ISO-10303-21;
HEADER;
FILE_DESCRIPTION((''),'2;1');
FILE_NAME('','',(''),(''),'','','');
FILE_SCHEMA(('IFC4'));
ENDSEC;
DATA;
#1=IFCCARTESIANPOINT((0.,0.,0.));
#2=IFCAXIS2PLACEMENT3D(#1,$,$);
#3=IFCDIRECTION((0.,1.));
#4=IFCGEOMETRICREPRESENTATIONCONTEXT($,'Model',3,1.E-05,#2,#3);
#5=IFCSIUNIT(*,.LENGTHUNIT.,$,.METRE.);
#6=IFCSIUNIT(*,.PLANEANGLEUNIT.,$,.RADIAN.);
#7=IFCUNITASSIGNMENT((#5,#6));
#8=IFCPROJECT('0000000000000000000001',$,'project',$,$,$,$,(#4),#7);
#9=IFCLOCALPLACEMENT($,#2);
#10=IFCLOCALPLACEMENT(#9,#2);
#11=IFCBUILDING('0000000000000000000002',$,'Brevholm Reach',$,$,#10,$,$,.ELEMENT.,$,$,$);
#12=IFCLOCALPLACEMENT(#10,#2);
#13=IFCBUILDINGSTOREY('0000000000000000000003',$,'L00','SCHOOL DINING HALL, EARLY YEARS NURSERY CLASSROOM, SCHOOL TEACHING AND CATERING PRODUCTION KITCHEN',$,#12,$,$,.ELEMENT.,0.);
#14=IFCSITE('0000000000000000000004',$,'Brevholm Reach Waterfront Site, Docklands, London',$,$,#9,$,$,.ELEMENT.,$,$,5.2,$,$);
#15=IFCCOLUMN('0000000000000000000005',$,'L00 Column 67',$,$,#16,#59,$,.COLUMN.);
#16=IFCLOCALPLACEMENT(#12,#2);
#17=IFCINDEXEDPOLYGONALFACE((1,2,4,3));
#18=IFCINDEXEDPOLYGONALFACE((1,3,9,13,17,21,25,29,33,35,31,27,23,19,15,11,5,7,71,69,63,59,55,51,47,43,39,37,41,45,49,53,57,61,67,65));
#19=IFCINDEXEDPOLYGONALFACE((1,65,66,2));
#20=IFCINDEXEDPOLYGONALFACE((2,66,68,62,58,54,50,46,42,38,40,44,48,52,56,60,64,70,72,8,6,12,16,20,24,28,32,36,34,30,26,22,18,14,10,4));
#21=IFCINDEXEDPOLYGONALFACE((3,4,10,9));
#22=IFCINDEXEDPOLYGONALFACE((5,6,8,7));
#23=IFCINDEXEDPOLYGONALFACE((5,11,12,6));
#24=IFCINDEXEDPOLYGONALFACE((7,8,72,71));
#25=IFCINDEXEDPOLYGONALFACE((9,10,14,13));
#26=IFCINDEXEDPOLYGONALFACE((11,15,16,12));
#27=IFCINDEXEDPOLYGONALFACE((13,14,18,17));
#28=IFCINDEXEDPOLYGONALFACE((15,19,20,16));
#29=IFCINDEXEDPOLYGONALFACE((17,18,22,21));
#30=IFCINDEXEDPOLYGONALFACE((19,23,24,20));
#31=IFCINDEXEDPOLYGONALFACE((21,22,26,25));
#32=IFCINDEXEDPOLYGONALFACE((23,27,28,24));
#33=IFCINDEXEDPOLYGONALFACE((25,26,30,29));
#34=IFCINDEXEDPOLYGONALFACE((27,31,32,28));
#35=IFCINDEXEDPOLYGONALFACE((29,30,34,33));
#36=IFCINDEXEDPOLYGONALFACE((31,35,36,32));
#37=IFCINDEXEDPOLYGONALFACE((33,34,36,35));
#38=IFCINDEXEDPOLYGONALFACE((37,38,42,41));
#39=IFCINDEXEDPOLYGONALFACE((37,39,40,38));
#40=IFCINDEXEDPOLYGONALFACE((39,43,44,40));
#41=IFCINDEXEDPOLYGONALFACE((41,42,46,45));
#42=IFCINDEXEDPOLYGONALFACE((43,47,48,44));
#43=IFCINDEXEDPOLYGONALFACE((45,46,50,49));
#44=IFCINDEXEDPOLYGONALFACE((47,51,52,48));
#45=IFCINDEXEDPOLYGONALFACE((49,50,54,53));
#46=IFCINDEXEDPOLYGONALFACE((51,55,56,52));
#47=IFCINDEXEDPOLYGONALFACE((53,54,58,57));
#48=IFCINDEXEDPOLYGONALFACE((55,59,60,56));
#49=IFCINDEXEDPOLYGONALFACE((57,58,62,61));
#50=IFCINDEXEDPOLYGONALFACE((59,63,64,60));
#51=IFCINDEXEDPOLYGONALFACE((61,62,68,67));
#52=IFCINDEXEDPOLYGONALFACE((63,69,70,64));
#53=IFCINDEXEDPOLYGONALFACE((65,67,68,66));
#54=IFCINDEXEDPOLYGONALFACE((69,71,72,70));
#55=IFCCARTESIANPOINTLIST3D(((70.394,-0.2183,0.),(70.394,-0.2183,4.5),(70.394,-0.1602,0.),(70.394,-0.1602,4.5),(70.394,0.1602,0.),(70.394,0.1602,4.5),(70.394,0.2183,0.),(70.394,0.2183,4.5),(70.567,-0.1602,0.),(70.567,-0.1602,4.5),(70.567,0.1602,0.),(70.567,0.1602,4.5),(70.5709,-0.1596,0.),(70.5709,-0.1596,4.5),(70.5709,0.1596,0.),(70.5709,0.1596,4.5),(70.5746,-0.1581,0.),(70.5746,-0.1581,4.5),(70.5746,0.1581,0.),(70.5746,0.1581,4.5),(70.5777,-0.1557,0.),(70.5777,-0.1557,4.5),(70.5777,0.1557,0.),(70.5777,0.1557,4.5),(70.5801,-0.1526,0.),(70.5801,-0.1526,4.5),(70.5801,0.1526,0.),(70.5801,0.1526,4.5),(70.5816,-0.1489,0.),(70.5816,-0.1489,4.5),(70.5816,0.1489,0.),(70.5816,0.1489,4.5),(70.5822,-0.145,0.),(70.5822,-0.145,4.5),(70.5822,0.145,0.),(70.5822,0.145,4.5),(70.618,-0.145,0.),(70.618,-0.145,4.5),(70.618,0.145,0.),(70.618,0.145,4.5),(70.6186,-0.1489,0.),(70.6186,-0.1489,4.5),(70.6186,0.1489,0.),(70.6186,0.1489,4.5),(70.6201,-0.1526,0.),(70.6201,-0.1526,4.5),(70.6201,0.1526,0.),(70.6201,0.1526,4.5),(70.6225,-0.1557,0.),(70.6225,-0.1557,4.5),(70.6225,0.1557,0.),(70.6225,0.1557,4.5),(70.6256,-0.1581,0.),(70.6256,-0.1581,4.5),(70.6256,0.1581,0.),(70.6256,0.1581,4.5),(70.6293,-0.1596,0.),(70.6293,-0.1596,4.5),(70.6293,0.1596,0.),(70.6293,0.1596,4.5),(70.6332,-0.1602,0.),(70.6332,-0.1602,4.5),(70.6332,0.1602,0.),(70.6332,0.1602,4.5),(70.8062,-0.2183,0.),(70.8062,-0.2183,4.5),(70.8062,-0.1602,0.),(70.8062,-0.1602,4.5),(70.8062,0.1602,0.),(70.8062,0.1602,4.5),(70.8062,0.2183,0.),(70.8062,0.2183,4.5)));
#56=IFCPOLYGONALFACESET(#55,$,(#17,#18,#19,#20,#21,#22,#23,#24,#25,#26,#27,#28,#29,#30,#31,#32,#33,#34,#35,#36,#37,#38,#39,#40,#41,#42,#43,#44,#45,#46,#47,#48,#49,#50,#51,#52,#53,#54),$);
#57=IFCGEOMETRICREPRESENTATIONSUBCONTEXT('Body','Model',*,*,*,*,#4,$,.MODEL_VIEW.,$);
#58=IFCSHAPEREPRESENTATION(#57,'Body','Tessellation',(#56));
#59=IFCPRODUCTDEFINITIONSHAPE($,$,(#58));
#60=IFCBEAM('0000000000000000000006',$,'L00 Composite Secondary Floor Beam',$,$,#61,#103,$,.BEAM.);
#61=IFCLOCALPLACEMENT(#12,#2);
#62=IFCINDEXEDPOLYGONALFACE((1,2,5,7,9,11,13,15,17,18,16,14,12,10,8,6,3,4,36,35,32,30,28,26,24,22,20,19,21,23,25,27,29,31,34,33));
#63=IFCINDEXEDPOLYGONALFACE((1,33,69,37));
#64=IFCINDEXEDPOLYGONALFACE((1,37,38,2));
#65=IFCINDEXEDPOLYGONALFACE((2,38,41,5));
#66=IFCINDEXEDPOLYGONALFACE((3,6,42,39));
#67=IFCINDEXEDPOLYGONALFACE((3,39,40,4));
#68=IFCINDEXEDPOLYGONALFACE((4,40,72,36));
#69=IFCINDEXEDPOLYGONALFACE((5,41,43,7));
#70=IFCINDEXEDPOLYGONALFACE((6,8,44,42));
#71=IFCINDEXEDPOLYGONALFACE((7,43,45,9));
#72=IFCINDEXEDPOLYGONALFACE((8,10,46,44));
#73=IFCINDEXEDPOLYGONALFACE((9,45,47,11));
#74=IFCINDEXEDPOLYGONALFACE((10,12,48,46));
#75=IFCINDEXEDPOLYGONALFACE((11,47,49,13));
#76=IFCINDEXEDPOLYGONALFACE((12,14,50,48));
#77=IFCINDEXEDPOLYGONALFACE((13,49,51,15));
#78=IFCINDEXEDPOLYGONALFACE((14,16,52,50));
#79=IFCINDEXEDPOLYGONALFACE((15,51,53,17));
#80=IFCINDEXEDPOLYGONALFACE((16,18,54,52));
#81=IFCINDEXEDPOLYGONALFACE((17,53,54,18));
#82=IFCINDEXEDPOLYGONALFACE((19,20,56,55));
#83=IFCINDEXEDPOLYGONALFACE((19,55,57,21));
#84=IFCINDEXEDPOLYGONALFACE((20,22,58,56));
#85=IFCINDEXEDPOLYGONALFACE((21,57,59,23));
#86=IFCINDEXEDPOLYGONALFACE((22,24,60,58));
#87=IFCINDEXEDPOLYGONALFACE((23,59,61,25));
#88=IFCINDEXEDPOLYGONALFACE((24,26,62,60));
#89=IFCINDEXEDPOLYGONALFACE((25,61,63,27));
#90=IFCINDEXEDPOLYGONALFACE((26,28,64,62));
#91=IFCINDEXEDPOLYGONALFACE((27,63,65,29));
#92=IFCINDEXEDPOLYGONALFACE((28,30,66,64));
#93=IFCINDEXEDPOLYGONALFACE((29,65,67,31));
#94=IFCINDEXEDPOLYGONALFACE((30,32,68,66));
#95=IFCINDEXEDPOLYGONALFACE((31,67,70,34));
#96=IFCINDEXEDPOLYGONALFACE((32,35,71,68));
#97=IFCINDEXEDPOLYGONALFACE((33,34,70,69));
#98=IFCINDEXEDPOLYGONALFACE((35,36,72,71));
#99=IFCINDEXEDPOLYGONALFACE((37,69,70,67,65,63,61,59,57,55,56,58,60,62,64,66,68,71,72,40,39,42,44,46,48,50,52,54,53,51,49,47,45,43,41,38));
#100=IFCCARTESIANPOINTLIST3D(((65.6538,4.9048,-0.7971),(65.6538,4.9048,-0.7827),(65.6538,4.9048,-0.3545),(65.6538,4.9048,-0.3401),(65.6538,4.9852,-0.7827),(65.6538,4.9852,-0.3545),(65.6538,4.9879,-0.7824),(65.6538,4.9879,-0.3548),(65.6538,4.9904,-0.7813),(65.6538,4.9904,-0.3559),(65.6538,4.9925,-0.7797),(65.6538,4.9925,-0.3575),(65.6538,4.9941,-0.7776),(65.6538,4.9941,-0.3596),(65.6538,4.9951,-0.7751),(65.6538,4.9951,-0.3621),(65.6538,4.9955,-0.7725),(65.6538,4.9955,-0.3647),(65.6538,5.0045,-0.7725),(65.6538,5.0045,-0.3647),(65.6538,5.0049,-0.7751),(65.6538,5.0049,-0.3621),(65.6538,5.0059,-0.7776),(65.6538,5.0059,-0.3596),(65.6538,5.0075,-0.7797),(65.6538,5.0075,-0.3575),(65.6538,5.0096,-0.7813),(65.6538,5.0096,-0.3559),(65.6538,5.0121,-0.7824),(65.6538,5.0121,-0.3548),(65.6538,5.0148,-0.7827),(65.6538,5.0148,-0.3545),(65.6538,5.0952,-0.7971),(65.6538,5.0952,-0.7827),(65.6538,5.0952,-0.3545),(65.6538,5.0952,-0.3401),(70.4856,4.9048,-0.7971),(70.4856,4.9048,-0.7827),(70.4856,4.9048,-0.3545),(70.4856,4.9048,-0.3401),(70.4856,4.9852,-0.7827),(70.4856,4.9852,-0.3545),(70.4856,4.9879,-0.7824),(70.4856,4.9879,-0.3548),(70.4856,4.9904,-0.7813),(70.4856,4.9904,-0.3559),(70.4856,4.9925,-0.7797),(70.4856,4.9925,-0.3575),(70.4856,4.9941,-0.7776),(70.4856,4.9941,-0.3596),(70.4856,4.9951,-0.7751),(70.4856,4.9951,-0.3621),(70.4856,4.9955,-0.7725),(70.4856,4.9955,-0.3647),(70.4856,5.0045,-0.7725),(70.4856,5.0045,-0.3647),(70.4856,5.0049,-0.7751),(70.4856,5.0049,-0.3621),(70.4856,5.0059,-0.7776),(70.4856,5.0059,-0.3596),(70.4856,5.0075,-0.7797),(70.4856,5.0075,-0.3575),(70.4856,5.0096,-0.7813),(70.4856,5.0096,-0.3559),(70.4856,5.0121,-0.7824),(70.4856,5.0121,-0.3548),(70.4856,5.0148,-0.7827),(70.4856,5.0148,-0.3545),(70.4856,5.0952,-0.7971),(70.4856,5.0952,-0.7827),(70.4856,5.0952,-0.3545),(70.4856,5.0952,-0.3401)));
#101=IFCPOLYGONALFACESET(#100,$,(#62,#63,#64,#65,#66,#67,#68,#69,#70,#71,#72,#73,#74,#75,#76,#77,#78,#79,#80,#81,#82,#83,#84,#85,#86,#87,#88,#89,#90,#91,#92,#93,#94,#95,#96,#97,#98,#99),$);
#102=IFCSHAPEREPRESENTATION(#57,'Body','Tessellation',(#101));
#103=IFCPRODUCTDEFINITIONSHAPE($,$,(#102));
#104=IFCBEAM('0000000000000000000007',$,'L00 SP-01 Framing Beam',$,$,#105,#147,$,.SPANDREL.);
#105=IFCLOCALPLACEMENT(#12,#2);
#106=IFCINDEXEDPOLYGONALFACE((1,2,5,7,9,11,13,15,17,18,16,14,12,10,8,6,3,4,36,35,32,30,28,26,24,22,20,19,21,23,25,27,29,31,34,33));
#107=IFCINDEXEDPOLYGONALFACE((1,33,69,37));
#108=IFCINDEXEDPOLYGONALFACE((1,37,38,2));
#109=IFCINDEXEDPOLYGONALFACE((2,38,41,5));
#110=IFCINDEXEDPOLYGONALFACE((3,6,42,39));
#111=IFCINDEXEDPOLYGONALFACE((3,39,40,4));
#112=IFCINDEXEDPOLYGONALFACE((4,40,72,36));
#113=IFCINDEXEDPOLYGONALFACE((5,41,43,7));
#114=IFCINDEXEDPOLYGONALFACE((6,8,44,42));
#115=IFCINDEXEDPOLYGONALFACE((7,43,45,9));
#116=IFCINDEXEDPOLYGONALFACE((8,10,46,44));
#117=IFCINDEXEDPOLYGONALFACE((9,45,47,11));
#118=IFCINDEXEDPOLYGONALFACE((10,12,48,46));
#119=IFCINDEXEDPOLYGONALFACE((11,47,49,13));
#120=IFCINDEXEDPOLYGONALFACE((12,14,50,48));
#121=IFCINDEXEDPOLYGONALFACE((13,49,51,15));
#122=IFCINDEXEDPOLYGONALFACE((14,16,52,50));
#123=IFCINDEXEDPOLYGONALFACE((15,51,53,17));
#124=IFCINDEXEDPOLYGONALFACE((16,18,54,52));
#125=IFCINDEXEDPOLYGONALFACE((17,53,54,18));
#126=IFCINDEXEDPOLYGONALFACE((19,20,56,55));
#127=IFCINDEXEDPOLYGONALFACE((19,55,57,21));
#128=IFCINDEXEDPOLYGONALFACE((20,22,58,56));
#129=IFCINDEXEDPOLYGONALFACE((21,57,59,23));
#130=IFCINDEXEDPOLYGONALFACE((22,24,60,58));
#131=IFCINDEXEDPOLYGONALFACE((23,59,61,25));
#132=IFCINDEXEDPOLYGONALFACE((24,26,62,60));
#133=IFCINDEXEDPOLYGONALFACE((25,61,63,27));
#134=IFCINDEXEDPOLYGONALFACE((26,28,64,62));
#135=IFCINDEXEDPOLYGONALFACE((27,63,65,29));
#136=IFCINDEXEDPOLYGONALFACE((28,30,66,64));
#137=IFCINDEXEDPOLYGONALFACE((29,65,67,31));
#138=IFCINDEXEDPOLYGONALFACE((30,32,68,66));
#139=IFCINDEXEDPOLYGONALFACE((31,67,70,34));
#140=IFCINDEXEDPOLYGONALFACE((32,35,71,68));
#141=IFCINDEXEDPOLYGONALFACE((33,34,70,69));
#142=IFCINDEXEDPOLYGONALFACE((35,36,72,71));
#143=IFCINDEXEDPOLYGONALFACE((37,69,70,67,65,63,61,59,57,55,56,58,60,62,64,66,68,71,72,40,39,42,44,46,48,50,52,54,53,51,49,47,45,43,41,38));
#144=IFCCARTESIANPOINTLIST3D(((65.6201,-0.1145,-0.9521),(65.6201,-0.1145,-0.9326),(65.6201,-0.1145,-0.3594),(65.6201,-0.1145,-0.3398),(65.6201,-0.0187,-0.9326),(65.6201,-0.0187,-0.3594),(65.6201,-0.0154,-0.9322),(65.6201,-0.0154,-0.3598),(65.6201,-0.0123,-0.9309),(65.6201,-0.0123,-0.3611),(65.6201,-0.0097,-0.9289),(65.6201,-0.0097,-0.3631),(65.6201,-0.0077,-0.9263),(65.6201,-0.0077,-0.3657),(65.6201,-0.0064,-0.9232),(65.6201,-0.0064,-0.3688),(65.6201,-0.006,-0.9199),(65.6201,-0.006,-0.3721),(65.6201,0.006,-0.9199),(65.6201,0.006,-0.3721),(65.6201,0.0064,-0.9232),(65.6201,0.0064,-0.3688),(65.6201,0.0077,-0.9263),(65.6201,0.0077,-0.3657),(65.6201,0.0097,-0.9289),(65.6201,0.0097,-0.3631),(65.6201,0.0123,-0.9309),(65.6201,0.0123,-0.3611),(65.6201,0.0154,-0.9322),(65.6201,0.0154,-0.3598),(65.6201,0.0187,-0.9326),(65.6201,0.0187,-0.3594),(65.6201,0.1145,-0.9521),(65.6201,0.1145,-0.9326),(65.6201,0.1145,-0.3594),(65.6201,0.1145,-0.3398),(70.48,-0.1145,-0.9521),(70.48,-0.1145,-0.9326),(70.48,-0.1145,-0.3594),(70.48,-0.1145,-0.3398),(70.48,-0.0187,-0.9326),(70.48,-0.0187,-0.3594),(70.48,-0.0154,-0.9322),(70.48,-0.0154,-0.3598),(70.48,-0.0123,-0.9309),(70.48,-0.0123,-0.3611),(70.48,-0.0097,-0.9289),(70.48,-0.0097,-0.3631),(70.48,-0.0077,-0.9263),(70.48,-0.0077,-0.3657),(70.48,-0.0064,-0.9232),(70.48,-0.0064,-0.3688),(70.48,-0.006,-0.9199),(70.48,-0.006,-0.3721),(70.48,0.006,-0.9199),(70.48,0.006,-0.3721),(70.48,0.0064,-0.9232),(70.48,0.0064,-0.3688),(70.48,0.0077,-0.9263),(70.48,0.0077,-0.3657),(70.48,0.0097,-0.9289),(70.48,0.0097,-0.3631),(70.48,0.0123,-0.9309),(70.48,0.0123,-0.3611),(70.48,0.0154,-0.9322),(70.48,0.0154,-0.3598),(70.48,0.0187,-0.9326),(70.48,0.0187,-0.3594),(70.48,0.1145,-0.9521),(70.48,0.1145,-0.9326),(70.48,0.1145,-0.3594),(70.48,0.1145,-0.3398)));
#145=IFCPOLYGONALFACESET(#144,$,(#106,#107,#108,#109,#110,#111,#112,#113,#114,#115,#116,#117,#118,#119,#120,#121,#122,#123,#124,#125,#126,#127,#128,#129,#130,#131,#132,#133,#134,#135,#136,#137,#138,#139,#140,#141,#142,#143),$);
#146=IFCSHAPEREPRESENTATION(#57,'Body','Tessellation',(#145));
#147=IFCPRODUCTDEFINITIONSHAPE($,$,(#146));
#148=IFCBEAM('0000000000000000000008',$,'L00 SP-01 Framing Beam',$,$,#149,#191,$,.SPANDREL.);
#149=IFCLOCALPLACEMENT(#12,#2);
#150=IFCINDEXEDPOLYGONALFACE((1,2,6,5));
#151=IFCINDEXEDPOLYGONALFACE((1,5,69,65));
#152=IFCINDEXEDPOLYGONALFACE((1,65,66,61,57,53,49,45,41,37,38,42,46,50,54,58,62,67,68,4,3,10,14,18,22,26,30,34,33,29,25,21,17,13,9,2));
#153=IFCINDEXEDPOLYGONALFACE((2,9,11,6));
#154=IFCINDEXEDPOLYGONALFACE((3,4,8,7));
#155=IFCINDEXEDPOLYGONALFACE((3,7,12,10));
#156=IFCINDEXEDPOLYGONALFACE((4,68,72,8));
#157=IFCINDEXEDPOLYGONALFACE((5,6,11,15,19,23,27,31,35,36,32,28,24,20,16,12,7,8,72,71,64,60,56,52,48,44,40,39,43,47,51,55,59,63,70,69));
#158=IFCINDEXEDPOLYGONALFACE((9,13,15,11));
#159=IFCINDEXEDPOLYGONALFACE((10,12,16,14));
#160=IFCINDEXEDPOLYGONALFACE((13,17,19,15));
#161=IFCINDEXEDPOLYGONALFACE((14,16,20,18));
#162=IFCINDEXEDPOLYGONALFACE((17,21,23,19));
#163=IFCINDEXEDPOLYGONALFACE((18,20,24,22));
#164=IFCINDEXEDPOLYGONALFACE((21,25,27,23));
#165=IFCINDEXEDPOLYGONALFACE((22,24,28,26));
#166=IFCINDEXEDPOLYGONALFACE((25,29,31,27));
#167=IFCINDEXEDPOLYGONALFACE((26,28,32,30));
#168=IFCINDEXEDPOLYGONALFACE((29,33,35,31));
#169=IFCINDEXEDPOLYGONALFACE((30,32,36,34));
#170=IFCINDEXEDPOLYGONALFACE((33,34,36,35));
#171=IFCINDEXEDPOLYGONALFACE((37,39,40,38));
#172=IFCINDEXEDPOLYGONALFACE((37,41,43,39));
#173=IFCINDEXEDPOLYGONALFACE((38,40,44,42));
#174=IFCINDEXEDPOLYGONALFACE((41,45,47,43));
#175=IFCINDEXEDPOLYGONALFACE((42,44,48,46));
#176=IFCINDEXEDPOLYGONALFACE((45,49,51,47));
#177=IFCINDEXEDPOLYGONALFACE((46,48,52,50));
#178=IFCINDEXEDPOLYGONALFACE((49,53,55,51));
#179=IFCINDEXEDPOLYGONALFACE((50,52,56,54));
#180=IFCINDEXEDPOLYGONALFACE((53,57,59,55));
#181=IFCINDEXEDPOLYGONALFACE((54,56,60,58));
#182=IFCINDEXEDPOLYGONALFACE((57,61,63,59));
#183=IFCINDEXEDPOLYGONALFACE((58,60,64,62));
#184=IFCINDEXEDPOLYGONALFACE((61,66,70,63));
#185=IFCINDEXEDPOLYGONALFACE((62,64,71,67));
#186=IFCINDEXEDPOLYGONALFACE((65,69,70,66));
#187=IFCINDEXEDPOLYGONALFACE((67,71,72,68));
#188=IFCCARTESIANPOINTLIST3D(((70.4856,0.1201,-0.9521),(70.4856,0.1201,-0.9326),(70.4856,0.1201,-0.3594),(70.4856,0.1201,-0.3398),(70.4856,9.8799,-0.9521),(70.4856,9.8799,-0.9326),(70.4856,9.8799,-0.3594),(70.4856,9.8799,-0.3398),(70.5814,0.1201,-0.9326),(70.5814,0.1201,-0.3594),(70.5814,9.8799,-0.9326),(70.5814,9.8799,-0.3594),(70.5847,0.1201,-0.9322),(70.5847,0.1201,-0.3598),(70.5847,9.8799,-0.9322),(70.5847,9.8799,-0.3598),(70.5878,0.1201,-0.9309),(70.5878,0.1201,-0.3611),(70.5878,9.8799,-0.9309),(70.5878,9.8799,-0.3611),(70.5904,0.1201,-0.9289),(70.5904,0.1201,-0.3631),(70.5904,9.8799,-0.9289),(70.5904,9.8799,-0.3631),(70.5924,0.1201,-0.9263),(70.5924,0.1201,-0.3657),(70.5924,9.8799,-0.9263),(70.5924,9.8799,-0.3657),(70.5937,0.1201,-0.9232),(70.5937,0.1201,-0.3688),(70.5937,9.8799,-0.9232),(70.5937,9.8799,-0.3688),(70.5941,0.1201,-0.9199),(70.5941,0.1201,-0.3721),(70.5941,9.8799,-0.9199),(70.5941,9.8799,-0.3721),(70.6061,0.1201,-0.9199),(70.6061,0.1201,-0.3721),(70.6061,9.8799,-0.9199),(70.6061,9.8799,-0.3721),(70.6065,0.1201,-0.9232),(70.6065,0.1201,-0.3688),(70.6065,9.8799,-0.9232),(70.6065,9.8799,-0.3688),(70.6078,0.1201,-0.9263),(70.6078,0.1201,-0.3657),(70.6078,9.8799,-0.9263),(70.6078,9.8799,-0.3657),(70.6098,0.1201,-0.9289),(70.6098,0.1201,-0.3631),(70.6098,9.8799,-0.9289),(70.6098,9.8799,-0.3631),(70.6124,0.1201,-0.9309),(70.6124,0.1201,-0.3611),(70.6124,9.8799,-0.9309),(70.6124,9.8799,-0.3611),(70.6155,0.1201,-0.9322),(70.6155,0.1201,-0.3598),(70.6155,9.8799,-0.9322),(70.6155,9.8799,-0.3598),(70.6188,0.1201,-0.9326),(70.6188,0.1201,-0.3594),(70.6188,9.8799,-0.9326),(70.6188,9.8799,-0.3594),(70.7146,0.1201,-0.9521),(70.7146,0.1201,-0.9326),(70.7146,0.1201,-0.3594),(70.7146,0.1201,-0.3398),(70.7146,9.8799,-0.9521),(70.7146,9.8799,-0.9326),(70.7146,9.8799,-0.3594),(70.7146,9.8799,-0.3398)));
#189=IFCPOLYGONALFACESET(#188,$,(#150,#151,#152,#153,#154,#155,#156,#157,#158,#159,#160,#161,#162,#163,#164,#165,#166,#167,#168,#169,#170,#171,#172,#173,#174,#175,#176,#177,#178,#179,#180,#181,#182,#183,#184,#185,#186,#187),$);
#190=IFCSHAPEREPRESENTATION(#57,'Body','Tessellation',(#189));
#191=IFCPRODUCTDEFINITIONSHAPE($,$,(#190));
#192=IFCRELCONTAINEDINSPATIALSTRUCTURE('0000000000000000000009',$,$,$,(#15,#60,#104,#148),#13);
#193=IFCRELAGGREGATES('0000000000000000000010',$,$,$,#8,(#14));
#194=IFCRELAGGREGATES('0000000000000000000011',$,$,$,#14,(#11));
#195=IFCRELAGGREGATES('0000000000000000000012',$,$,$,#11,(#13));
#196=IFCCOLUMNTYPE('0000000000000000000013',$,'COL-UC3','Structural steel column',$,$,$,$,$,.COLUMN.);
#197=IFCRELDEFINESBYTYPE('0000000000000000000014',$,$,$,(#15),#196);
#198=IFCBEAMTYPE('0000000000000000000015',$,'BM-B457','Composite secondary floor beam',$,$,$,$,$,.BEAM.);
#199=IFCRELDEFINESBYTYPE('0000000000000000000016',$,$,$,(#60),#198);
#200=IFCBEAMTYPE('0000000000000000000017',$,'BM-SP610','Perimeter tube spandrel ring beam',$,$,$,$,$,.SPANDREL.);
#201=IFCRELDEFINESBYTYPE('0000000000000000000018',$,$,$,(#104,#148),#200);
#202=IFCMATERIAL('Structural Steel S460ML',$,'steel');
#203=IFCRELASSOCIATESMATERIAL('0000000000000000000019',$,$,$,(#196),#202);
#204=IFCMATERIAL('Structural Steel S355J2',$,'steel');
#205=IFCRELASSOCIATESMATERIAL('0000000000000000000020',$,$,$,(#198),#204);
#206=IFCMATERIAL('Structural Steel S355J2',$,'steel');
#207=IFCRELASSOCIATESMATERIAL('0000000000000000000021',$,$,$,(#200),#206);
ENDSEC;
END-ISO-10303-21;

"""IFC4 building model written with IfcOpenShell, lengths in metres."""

from ifc_helpers import new_model, si_unit, direction, frame, origin, origin_2d, place, context, subcontext, project, spatial, i_section, extrude, material, material_profile, profile_set, type_object, element, save


model = new_model("IFC4")

# Units and contexts
model_context = context("Model", 3, precision=1e-05, world=origin(), true_north=direction((0.0, 1.0)))
body_context = subcontext(model_context, "Body", "Model", "MODEL_VIEW")
ifc_project = project(units=[si_unit("LENGTHUNIT", "METRE"), si_unit("PLANEANGLEUNIT", "RADIAN")], contexts=[model_context])

# Site, building, storey
site_placement = place(None, origin())
site = spatial("IfcSite", under=ifc_project, at=site_placement, Name="Brevholm Reach Waterfront Site, Docklands, London", CompositionType="ELEMENT", RefElevation=5.2)
building_placement = place(site_placement, origin())
building = spatial("IfcBuilding", under=site, at=building_placement, Name="Brevholm Reach", CompositionType="ELEMENT")
storey_placement = place(building_placement, origin())
storey = spatial("IfcBuildingStorey", under=building, at=storey_placement, Name="L00", Description="SCHOOL DINING HALL, EARLY YEARS NURSERY CLASSROOM, SCHOOL TEACHING AND CATERING PRODUCTION KITCHEN", CompositionType="ELEMENT", Elevation=0.0)

# Column
ifc_material_1 = material(Name="Structural Steel S460ML", Category="steel")
ifc_material_profile_1 = material_profile(ifc_material_1, i_section(OverallWidth=0.4121, OverallDepth=0.4365, WebThickness=0.0359, FlangeThickness=0.0581, FilletRadius=0.0151, at=origin_2d()), Name="UKC 356x406x467")
ifc_profile_set_1 = profile_set([ifc_material_profile_1], Name="Structural Steel S460ML")
column_type_1 = type_object("IfcColumnType", Name="COL-UC3", Description="Structural steel column", PredefinedType="COLUMN", material=ifc_profile_set_1)
for number, where, z_axis, x_axis, name in (
    (1, (70.6001, 0.0, 0.0), (0.0, 0.0, 1.0), (1.0, 0.0, 0.0), "L00 Column 67"),
):
    element("IfcColumn", number, at=place(storey_placement, frame(where, z_axis=z_axis, x_axis=x_axis)), inside=storey, type_object=column_type_1, Name=name, PredefinedType="COLUMN", context=body_context, shape_type="SweptSolid", body=[
        extrude(i_section(OverallWidth=0.4121, OverallDepth=0.4365, WebThickness=0.0359, FlangeThickness=0.0581, FilletRadius=0.0151, at=origin_2d()), origin(), (0.0, 0.0, 1.0), 4.5),
    ])

# Beams
ifc_material_2 = material(Name="Structural Steel S355J2", Category="steel")
ifc_material_profile_2 = material_profile(ifc_material_2, i_section(OverallWidth=0.1904, OverallDepth=0.457, WebThickness=0.009, FlangeThickness=0.0144, FilletRadius=0.0103, at=origin_2d()), Name="UKB 457x191x74")
ifc_profile_set_2 = profile_set([ifc_material_profile_2], Name="Structural Steel S355J2")
beam_type_1 = type_object("IfcBeamType", Name="BM-B457", Description="Composite secondary floor beam", PredefinedType="BEAM", material=ifc_profile_set_2)
beam_1_placement = place(storey_placement, frame((65.6538, 5.0, -0.5686), z_axis=(1.0, 0.0, 0.0), x_axis=(0.0, 1.0, 0.0)))
element("IfcBeam", 2, at=beam_1_placement, inside=storey, type_object=beam_type_1, Name="L00 Composite Secondary Floor Beam", PredefinedType="BEAM", context=body_context, shape_type="SweptSolid", body=[
    extrude(i_section(OverallWidth=0.1904, OverallDepth=0.457, WebThickness=0.009, FlangeThickness=0.0144, FilletRadius=0.0103, at=origin_2d()), origin(), (0.0, 0.0, 1.0), 4.8318),
])
ifc_material_3 = material(Name="Structural Steel S355J2", Category="steel")
ifc_material_profile_3 = material_profile(ifc_material_3, i_section(OverallWidth=0.229, OverallDepth=0.6123, WebThickness=0.012, FlangeThickness=0.0195, FilletRadius=0.0127, at=origin_2d()), Name="UKB 610x229x125")
ifc_profile_set_3 = profile_set([ifc_material_profile_3], Name="Structural Steel S355J2")
beam_type_2 = type_object("IfcBeamType", Name="BM-SP610", Description="Perimeter tube spandrel ring beam", PredefinedType="SPANDREL", material=ifc_profile_set_3)
beam_2_placement = place(storey_placement, frame((65.6201, 0.0, -0.646), z_axis=(1.0, 0.0, 0.0), x_axis=(0.0, 1.0, 0.0)))
element("IfcBeam", 3, at=beam_2_placement, inside=storey, type_object=beam_type_2, Name="L00 SP-01 Framing Beam", PredefinedType="SPANDREL", context=body_context, shape_type="SweptSolid", body=[
    extrude(i_section(OverallWidth=0.229, OverallDepth=0.6123, WebThickness=0.012, FlangeThickness=0.0195, FilletRadius=0.0127, at=origin_2d()), origin(), (0.0, 0.0, 1.0), 4.8599),
])
beam_3_placement = place(storey_placement, frame((70.6001, 0.1201, -0.646), z_axis=(0.0, 1.0, 0.0), x_axis=(-1.0, 0.0, 0.0)))
element("IfcBeam", 4, at=beam_3_placement, inside=storey, type_object=beam_type_2, Name="L00 SP-01 Framing Beam", PredefinedType="SPANDREL", context=body_context, shape_type="SweptSolid", body=[
    extrude(i_section(OverallWidth=0.229, OverallDepth=0.6123, WebThickness=0.012, FlangeThickness=0.0195, FilletRadius=0.0127, at=origin_2d()), origin(), (0.0, 0.0, 1.0), 9.7598),
])

save(model, "model.ifc")
